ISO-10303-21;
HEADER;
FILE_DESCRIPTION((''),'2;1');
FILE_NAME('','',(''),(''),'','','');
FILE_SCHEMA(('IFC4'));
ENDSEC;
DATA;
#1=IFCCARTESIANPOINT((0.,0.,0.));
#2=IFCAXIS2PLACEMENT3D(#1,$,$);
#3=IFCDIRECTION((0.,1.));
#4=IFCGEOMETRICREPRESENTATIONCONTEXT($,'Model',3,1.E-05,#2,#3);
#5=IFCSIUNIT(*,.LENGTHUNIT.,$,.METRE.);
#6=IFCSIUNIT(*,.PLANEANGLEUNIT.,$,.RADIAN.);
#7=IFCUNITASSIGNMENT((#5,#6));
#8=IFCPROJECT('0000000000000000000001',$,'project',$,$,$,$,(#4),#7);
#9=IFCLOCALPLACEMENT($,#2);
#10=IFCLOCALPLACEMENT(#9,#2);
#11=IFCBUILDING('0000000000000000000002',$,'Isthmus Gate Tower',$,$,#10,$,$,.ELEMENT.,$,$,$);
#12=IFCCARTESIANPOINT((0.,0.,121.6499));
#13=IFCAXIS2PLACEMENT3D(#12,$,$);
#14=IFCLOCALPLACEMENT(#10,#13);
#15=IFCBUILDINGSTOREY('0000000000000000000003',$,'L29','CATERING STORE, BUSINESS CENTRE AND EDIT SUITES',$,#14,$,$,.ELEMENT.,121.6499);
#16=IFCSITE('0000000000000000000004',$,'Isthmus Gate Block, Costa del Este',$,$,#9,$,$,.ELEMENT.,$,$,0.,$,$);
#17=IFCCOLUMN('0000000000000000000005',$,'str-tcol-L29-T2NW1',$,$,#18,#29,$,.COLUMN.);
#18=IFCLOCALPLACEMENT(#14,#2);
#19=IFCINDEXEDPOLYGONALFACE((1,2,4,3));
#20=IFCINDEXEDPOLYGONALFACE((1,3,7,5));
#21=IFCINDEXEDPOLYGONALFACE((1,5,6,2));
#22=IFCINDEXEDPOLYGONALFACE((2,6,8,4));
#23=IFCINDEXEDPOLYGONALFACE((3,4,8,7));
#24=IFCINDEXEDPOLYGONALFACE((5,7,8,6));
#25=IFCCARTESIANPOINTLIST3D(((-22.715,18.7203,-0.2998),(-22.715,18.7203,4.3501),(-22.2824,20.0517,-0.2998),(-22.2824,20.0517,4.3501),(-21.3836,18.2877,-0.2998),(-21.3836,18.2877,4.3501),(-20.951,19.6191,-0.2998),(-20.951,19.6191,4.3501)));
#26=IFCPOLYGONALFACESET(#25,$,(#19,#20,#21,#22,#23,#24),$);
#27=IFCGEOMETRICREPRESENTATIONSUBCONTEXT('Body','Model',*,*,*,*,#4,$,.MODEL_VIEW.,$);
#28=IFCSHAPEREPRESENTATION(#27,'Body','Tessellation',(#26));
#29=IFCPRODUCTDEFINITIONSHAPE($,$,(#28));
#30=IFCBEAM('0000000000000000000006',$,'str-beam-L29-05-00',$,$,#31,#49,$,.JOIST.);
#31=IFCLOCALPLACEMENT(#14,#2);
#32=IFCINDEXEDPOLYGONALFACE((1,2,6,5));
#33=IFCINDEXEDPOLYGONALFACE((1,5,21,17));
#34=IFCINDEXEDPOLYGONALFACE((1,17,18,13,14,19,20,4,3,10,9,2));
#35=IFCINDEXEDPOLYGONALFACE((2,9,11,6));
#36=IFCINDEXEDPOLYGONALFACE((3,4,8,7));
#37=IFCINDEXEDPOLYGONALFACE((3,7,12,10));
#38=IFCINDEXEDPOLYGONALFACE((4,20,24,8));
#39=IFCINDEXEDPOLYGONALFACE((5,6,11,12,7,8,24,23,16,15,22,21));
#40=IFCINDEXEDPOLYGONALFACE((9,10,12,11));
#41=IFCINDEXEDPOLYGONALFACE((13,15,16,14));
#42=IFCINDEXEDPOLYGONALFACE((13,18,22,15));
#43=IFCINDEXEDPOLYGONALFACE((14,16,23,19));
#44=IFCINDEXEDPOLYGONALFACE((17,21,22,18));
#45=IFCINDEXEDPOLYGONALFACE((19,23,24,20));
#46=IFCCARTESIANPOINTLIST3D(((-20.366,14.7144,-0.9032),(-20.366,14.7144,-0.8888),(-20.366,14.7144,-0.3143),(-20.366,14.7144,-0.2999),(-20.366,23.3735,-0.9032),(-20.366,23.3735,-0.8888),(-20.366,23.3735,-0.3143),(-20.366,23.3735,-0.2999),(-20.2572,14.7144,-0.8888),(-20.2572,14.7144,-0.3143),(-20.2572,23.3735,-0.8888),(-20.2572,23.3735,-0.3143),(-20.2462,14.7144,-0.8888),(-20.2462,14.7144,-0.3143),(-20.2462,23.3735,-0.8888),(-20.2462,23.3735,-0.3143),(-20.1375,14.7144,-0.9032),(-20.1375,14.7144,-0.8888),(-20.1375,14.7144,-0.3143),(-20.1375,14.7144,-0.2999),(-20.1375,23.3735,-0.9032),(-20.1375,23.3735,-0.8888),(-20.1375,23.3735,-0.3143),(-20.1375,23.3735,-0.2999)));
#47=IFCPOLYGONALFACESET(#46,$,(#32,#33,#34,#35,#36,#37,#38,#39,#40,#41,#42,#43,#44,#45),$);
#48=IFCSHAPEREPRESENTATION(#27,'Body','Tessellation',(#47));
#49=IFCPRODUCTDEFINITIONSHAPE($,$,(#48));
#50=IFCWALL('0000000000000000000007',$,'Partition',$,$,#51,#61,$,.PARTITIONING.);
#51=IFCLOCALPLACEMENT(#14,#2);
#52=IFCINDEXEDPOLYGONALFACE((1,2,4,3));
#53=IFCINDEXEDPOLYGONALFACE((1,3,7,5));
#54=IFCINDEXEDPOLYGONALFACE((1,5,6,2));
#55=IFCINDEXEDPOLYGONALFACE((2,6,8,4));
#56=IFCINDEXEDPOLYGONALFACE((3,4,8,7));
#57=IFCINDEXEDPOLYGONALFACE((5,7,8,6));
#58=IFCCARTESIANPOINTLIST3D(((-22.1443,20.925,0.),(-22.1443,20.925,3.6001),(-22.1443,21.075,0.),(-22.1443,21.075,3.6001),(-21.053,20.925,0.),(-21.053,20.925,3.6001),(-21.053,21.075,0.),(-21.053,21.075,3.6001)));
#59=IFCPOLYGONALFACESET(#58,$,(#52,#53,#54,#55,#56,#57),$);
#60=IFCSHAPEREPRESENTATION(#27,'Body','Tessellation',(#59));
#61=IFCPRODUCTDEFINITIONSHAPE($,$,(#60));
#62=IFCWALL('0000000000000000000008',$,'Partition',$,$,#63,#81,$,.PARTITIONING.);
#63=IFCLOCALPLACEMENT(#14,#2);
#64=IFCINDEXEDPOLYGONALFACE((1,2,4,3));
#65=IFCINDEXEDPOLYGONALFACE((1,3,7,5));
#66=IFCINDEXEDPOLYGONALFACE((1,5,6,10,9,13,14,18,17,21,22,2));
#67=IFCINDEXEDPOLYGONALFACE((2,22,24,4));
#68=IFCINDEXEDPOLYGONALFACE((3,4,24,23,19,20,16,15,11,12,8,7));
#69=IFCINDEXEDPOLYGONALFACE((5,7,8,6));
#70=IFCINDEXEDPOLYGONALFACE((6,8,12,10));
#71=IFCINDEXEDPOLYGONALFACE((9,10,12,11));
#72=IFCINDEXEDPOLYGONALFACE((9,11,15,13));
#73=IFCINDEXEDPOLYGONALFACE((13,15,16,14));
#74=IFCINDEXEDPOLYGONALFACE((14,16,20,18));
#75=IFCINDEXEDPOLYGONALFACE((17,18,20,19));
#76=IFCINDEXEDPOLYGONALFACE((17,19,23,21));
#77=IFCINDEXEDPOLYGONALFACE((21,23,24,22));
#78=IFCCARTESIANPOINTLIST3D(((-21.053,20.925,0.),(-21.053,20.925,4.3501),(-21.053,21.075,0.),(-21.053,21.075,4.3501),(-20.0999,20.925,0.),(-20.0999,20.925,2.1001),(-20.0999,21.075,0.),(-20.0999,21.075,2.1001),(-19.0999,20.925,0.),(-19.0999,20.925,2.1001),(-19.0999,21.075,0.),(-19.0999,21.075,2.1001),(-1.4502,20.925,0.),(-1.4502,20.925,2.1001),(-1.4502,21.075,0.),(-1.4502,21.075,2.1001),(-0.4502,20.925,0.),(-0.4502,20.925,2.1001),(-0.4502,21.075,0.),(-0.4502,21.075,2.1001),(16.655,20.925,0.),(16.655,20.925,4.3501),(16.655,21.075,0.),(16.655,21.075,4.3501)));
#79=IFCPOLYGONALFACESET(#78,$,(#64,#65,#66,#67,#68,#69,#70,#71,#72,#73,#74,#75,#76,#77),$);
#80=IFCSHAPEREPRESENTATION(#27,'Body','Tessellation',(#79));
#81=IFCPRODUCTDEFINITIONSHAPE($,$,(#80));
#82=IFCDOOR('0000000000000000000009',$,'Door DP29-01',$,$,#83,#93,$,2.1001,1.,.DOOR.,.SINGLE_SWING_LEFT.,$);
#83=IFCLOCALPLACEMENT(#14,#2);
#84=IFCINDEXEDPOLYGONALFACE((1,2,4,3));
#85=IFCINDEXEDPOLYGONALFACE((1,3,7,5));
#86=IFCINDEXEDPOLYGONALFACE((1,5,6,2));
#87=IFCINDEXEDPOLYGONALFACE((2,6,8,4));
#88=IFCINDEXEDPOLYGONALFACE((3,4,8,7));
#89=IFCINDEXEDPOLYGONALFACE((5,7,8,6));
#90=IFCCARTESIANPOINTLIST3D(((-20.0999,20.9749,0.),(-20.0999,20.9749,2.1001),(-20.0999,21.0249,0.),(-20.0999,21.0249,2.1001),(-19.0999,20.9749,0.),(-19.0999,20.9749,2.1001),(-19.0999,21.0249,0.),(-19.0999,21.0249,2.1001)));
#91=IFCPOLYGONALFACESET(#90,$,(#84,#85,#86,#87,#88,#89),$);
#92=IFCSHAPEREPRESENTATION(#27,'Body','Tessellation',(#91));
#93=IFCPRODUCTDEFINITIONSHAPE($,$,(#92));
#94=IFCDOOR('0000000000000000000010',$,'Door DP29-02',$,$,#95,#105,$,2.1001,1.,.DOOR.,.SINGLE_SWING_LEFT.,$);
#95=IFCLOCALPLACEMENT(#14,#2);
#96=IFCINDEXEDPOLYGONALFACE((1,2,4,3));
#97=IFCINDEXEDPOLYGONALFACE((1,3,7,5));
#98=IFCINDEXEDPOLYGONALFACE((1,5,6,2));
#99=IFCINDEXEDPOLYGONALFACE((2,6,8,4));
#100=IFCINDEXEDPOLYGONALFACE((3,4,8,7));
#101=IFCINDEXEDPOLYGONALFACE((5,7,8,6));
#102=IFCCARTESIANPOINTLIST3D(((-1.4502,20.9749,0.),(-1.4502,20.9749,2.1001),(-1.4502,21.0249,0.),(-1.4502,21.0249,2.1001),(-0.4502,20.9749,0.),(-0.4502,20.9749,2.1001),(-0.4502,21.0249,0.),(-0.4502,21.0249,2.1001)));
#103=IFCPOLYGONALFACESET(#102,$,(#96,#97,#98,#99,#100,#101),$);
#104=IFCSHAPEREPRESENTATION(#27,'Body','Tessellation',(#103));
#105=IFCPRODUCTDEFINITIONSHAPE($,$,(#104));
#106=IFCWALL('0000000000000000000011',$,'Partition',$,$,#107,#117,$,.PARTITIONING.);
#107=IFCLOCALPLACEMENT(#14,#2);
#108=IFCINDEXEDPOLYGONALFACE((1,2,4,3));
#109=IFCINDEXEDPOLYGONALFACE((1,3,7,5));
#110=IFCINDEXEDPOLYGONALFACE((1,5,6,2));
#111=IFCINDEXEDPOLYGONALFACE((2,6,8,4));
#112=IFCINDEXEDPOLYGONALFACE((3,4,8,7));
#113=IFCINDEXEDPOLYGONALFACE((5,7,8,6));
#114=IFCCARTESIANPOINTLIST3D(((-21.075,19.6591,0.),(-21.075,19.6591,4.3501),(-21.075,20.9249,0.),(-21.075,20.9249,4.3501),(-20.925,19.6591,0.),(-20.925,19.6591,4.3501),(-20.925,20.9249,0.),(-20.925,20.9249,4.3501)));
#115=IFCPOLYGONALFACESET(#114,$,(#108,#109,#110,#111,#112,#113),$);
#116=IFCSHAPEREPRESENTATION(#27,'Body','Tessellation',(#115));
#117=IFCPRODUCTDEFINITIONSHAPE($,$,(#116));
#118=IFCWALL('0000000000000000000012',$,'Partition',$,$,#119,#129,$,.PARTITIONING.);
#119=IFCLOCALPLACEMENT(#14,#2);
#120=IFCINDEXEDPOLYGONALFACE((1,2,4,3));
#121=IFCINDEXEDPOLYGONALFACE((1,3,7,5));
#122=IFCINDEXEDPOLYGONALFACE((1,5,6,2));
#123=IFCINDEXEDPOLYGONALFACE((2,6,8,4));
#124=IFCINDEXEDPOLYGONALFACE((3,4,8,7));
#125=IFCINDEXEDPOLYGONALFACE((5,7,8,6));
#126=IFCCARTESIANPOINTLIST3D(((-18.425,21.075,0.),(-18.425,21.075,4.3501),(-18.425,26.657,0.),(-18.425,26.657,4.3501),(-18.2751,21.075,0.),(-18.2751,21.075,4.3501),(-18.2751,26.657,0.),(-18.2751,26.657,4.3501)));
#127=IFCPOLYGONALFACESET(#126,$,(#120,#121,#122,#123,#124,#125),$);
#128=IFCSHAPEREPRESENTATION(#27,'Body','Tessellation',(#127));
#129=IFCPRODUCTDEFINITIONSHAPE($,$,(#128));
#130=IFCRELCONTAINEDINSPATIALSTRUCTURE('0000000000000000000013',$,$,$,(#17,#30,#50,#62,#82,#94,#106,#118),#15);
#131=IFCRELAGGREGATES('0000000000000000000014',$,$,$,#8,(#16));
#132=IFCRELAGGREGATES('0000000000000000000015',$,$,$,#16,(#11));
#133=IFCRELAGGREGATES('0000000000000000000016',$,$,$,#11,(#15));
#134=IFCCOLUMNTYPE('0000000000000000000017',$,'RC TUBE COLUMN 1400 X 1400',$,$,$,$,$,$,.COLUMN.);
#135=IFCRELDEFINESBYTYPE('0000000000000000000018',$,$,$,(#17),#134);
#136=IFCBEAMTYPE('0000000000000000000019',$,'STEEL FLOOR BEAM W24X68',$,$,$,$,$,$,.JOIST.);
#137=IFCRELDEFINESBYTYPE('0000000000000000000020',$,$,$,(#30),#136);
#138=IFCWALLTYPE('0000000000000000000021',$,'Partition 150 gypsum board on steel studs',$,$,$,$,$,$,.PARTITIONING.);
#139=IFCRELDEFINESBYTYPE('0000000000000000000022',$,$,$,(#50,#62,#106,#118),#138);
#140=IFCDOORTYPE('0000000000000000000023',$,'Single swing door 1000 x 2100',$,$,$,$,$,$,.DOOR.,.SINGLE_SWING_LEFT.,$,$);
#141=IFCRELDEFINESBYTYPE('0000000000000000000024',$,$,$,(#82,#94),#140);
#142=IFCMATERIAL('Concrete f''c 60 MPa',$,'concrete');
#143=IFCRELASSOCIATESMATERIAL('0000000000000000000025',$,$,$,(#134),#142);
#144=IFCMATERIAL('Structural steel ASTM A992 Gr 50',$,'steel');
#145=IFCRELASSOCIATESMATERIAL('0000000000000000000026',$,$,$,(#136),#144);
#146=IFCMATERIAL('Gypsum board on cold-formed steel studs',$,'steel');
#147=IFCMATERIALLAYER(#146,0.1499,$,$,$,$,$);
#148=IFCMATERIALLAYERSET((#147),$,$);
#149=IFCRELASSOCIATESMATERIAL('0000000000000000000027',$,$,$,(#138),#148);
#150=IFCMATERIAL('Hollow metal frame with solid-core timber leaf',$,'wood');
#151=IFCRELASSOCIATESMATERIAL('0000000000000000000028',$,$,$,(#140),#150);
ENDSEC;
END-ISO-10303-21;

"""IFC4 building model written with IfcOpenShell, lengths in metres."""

from ifc_helpers import new_model, si_unit, direction, frame, frame_2d, origin, origin_2d, place, context, subcontext, project, spatial, rectangle, i_section, extrude, material, layer, layer_set, material_profile, profile_set, type_object, element, fill, save


model = new_model("IFC4")

# Units and contexts
model_context = context("Model", 3, precision=1e-05, world=origin(), true_north=direction((0.0, 1.0)))
body_context = subcontext(model_context, "Body", "Model", "MODEL_VIEW")
ifc_project = project(units=[si_unit("LENGTHUNIT", "METRE"), si_unit("PLANEANGLEUNIT", "RADIAN")], contexts=[model_context])

# Site, building, storey
site_placement = place(None, origin())
site = spatial("IfcSite", under=ifc_project, at=site_placement, Name="Isthmus Gate Block, Costa del Este", CompositionType="ELEMENT", RefElevation=0.0)
building_placement = place(site_placement, origin())
building = spatial("IfcBuilding", under=site, at=building_placement, Name="Isthmus Gate Tower", CompositionType="ELEMENT")
storey_placement = place(building_placement, frame((0.0, 0.0, 121.6499)))
storey = spatial("IfcBuildingStorey", under=building, at=storey_placement, Name="L29", Description="CATERING STORE, BUSINESS CENTRE AND EDIT SUITES", CompositionType="ELEMENT", Elevation=121.6499)

# Column
ifc_material_1 = material(Name="Concrete f'c 60 MPa", Category="concrete")
ifc_material_profile_1 = material_profile(ifc_material_1, rectangle(XDim=1.3999, YDim=1.3999, at=origin_2d()), Name="RC 1400X1400")
ifc_profile_set_1 = profile_set([ifc_material_profile_1], Name="Concrete f'c 60 MPa")
column_type = type_object("IfcColumnType", Name="RC TUBE COLUMN 1400 X 1400", PredefinedType="COLUMN", material=ifc_profile_set_1)
column_placement = place(storey_placement, frame((-21.833, 19.1697, -0.2998), z_axis=(0.0, 0.0, 1.0), x_axis=(-0.309017, -0.951057, 0.0)))
element("IfcColumn", 1, at=column_placement, inside=storey, type_object=column_type, Name="str-tcol-L29-T2NW1", PredefinedType="COLUMN", context=body_context, shape_type="SweptSolid", body=[
    extrude(rectangle(XDim=1.3999, YDim=1.3999, at=origin_2d()), origin(), (0.0, 0.0, 1.0), 4.6499),
])

# Beam
ifc_material_2 = material(Name="Structural steel ASTM A992 Gr 50", Category="steel")
ifc_material_profile_2 = material_profile(ifc_material_2, i_section(OverallWidth=0.2285, OverallDepth=0.6033, WebThickness=0.011, FlangeThickness=0.0144, at=origin_2d()), Name="W24X68")
ifc_profile_set_2 = profile_set([ifc_material_profile_2], Name="Structural steel ASTM A992 Gr 50")
beam_type = type_object("IfcBeamType", Name="STEEL FLOOR BEAM W24X68", PredefinedType="JOIST", material=ifc_profile_set_2)
beam_placement = place(storey_placement, frame((-20.2517, 14.7144, -0.6016), z_axis=(0.0, 1.0, 0.0), x_axis=(-1.0, 0.0, 0.0)))
element("IfcBeam", 2, at=beam_placement, inside=storey, type_object=beam_type, Name="str-beam-L29-05-00", PredefinedType="JOIST", context=body_context, shape_type="SweptSolid", body=[
    extrude(i_section(OverallWidth=0.2285, OverallDepth=0.6033, WebThickness=0.011, FlangeThickness=0.0144, at=origin_2d()), origin(), (0.0, 0.0, 1.0), 8.6592),
])

# Wall
ifc_material_3 = material(Name="Gypsum board on cold-formed steel studs", Category="steel")
ifc_layer_1 = layer(ifc_material_3, 0.1499)
ifc_layer_set_1 = layer_set([ifc_layer_1])
wall_type_1 = type_object("IfcWallType", Name="Partition 150 gypsum board on steel studs", PredefinedType="PARTITIONING", material=ifc_layer_set_1)
wall_1_placement = place(storey_placement, frame((-22.1443, 21.0, 0.0), z_axis=(0.0, 0.0, 1.0), x_axis=(1.0, 0.0, 0.0)))
element("IfcWall", 3, at=wall_1_placement, inside=storey, type_object=wall_type_1, Name="Partition", PredefinedType="PARTITIONING", context=body_context, shape_type="SweptSolid", body=[
    extrude(rectangle(XDim=1.0913, YDim=0.1499, at=frame_2d((0.5457, 0.0))), origin(), (0.0, 0.0, 1.0), 3.6001),
])

# Wall, openings, doors
wall_2_placement = place(storey_placement, frame((-21.053, 21.0, 0.0), z_axis=(0.0, 0.0, 1.0), x_axis=(1.0, 0.0, 0.0)))
wall_2 = element("IfcWall", 4, at=wall_2_placement, inside=storey, type_object=wall_type_1, Name="Partition", PredefinedType="PARTITIONING", context=body_context, shape_type="SweptSolid", body=[
    extrude(rectangle(XDim=37.708, YDim=0.1499, at=frame_2d((18.854, 0.0))), origin(), (0.0, 0.0, 1.0), 4.3501),
])
opening_1_placement = place(wall_2_placement, frame((0.9531, 0.0, 0.0)))
opening_1 = element("IfcOpeningElement", 5, at=opening_1_placement, cuts=wall_2, PredefinedType="OPENING", context=body_context, shape_type="SweptSolid", body=[
    extrude(rectangle(XDim=1.0, YDim=2.1001, at=frame_2d((0.5, 1.05))), frame((0.0, 0.085, 0.0), z_axis=(0.0, -1.0, 0.0), x_axis=(1.0, 0.0, 0.0)), (0.0, 0.0, 1.0), 0.1699),
])
opening_2_placement = place(wall_2_placement, frame((19.6028, 0.0, 0.0)))
opening_2 = element("IfcOpeningElement", 6, at=opening_2_placement, cuts=wall_2, PredefinedType="OPENING", context=body_context, shape_type="SweptSolid", body=[
    extrude(rectangle(XDim=1.0, YDim=2.1001, at=frame_2d((0.5, 1.05))), frame((0.0, 0.085, 0.0), z_axis=(0.0, -1.0, 0.0), x_axis=(1.0, 0.0, 0.0)), (0.0, 0.0, 1.0), 0.1699),
])
ifc_material_4 = material(Name="Hollow metal frame with solid-core timber leaf", Category="wood")
door_type_1 = type_object("IfcDoorType", Name="Single swing door 1000 x 2100", OperationType="SINGLE_SWING_LEFT", PredefinedType="DOOR", material=ifc_material_4)
door_1_placement = place(opening_1_placement, origin())
door_1 = element("IfcDoor", 7, at=door_1_placement, inside=storey, type_object=door_type_1, Name="Door DP29-01", OperationType="SINGLE_SWING_LEFT", OverallHeight=2.1001, OverallWidth=1.0, PredefinedType="DOOR", context=body_context, shape_type="SweptSolid", body=[
    extrude(rectangle(XDim=1.0, YDim=2.1001, at=frame_2d((0.5, 1.05))), frame((0.0, 0.0249, 0.0), z_axis=(0.0, -1.0, 0.0), x_axis=(1.0, 0.0, 0.0)), (0.0, 0.0, 1.0), 0.05),
])
fill(opening_1, door_1)
door_2_placement = place(opening_2_placement, origin())
door_2 = element("IfcDoor", 8, at=door_2_placement, inside=storey, type_object=door_type_1, Name="Door DP29-02", OperationType="SINGLE_SWING_LEFT", OverallHeight=2.1001, OverallWidth=1.0, PredefinedType="DOOR", context=body_context, shape_type="SweptSolid", body=[
    extrude(rectangle(XDim=1.0, YDim=2.1001, at=frame_2d((0.5, 1.05))), frame((0.0, 0.0249, 0.0), z_axis=(0.0, -1.0, 0.0), x_axis=(1.0, 0.0, 0.0)), (0.0, 0.0, 1.0), 0.05),
])
fill(opening_2, door_2)

# Walls
wall_3_placement = place(storey_placement, frame((-21.0, 19.6592, 0.0), z_axis=(0.0, 0.0, 1.0), x_axis=(0.0, 1.0, 0.0)))
element("IfcWall", 9, at=wall_3_placement, inside=storey, type_object=wall_type_1, Name="Partition", PredefinedType="PARTITIONING", context=body_context, shape_type="SweptSolid", body=[
    extrude(rectangle(XDim=1.2659, YDim=0.1499, at=frame_2d((0.6328, 0.0))), origin(), (0.0, 0.0, 1.0), 4.3501),
])
wall_4_placement = place(storey_placement, frame((-18.3501, 21.075, 0.0), z_axis=(0.0, 0.0, 1.0), x_axis=(0.0, 1.0, 0.0)))
element("IfcWall", 10, at=wall_4_placement, inside=storey, type_object=wall_type_1, Name="Partition", PredefinedType="PARTITIONING", context=body_context, shape_type="SweptSolid", body=[
    extrude(rectangle(XDim=5.582, YDim=0.1499, at=frame_2d((2.791, 0.0))), origin(), (0.0, 0.0, 1.0), 4.3501),
])

save(model, "model.ifc")
